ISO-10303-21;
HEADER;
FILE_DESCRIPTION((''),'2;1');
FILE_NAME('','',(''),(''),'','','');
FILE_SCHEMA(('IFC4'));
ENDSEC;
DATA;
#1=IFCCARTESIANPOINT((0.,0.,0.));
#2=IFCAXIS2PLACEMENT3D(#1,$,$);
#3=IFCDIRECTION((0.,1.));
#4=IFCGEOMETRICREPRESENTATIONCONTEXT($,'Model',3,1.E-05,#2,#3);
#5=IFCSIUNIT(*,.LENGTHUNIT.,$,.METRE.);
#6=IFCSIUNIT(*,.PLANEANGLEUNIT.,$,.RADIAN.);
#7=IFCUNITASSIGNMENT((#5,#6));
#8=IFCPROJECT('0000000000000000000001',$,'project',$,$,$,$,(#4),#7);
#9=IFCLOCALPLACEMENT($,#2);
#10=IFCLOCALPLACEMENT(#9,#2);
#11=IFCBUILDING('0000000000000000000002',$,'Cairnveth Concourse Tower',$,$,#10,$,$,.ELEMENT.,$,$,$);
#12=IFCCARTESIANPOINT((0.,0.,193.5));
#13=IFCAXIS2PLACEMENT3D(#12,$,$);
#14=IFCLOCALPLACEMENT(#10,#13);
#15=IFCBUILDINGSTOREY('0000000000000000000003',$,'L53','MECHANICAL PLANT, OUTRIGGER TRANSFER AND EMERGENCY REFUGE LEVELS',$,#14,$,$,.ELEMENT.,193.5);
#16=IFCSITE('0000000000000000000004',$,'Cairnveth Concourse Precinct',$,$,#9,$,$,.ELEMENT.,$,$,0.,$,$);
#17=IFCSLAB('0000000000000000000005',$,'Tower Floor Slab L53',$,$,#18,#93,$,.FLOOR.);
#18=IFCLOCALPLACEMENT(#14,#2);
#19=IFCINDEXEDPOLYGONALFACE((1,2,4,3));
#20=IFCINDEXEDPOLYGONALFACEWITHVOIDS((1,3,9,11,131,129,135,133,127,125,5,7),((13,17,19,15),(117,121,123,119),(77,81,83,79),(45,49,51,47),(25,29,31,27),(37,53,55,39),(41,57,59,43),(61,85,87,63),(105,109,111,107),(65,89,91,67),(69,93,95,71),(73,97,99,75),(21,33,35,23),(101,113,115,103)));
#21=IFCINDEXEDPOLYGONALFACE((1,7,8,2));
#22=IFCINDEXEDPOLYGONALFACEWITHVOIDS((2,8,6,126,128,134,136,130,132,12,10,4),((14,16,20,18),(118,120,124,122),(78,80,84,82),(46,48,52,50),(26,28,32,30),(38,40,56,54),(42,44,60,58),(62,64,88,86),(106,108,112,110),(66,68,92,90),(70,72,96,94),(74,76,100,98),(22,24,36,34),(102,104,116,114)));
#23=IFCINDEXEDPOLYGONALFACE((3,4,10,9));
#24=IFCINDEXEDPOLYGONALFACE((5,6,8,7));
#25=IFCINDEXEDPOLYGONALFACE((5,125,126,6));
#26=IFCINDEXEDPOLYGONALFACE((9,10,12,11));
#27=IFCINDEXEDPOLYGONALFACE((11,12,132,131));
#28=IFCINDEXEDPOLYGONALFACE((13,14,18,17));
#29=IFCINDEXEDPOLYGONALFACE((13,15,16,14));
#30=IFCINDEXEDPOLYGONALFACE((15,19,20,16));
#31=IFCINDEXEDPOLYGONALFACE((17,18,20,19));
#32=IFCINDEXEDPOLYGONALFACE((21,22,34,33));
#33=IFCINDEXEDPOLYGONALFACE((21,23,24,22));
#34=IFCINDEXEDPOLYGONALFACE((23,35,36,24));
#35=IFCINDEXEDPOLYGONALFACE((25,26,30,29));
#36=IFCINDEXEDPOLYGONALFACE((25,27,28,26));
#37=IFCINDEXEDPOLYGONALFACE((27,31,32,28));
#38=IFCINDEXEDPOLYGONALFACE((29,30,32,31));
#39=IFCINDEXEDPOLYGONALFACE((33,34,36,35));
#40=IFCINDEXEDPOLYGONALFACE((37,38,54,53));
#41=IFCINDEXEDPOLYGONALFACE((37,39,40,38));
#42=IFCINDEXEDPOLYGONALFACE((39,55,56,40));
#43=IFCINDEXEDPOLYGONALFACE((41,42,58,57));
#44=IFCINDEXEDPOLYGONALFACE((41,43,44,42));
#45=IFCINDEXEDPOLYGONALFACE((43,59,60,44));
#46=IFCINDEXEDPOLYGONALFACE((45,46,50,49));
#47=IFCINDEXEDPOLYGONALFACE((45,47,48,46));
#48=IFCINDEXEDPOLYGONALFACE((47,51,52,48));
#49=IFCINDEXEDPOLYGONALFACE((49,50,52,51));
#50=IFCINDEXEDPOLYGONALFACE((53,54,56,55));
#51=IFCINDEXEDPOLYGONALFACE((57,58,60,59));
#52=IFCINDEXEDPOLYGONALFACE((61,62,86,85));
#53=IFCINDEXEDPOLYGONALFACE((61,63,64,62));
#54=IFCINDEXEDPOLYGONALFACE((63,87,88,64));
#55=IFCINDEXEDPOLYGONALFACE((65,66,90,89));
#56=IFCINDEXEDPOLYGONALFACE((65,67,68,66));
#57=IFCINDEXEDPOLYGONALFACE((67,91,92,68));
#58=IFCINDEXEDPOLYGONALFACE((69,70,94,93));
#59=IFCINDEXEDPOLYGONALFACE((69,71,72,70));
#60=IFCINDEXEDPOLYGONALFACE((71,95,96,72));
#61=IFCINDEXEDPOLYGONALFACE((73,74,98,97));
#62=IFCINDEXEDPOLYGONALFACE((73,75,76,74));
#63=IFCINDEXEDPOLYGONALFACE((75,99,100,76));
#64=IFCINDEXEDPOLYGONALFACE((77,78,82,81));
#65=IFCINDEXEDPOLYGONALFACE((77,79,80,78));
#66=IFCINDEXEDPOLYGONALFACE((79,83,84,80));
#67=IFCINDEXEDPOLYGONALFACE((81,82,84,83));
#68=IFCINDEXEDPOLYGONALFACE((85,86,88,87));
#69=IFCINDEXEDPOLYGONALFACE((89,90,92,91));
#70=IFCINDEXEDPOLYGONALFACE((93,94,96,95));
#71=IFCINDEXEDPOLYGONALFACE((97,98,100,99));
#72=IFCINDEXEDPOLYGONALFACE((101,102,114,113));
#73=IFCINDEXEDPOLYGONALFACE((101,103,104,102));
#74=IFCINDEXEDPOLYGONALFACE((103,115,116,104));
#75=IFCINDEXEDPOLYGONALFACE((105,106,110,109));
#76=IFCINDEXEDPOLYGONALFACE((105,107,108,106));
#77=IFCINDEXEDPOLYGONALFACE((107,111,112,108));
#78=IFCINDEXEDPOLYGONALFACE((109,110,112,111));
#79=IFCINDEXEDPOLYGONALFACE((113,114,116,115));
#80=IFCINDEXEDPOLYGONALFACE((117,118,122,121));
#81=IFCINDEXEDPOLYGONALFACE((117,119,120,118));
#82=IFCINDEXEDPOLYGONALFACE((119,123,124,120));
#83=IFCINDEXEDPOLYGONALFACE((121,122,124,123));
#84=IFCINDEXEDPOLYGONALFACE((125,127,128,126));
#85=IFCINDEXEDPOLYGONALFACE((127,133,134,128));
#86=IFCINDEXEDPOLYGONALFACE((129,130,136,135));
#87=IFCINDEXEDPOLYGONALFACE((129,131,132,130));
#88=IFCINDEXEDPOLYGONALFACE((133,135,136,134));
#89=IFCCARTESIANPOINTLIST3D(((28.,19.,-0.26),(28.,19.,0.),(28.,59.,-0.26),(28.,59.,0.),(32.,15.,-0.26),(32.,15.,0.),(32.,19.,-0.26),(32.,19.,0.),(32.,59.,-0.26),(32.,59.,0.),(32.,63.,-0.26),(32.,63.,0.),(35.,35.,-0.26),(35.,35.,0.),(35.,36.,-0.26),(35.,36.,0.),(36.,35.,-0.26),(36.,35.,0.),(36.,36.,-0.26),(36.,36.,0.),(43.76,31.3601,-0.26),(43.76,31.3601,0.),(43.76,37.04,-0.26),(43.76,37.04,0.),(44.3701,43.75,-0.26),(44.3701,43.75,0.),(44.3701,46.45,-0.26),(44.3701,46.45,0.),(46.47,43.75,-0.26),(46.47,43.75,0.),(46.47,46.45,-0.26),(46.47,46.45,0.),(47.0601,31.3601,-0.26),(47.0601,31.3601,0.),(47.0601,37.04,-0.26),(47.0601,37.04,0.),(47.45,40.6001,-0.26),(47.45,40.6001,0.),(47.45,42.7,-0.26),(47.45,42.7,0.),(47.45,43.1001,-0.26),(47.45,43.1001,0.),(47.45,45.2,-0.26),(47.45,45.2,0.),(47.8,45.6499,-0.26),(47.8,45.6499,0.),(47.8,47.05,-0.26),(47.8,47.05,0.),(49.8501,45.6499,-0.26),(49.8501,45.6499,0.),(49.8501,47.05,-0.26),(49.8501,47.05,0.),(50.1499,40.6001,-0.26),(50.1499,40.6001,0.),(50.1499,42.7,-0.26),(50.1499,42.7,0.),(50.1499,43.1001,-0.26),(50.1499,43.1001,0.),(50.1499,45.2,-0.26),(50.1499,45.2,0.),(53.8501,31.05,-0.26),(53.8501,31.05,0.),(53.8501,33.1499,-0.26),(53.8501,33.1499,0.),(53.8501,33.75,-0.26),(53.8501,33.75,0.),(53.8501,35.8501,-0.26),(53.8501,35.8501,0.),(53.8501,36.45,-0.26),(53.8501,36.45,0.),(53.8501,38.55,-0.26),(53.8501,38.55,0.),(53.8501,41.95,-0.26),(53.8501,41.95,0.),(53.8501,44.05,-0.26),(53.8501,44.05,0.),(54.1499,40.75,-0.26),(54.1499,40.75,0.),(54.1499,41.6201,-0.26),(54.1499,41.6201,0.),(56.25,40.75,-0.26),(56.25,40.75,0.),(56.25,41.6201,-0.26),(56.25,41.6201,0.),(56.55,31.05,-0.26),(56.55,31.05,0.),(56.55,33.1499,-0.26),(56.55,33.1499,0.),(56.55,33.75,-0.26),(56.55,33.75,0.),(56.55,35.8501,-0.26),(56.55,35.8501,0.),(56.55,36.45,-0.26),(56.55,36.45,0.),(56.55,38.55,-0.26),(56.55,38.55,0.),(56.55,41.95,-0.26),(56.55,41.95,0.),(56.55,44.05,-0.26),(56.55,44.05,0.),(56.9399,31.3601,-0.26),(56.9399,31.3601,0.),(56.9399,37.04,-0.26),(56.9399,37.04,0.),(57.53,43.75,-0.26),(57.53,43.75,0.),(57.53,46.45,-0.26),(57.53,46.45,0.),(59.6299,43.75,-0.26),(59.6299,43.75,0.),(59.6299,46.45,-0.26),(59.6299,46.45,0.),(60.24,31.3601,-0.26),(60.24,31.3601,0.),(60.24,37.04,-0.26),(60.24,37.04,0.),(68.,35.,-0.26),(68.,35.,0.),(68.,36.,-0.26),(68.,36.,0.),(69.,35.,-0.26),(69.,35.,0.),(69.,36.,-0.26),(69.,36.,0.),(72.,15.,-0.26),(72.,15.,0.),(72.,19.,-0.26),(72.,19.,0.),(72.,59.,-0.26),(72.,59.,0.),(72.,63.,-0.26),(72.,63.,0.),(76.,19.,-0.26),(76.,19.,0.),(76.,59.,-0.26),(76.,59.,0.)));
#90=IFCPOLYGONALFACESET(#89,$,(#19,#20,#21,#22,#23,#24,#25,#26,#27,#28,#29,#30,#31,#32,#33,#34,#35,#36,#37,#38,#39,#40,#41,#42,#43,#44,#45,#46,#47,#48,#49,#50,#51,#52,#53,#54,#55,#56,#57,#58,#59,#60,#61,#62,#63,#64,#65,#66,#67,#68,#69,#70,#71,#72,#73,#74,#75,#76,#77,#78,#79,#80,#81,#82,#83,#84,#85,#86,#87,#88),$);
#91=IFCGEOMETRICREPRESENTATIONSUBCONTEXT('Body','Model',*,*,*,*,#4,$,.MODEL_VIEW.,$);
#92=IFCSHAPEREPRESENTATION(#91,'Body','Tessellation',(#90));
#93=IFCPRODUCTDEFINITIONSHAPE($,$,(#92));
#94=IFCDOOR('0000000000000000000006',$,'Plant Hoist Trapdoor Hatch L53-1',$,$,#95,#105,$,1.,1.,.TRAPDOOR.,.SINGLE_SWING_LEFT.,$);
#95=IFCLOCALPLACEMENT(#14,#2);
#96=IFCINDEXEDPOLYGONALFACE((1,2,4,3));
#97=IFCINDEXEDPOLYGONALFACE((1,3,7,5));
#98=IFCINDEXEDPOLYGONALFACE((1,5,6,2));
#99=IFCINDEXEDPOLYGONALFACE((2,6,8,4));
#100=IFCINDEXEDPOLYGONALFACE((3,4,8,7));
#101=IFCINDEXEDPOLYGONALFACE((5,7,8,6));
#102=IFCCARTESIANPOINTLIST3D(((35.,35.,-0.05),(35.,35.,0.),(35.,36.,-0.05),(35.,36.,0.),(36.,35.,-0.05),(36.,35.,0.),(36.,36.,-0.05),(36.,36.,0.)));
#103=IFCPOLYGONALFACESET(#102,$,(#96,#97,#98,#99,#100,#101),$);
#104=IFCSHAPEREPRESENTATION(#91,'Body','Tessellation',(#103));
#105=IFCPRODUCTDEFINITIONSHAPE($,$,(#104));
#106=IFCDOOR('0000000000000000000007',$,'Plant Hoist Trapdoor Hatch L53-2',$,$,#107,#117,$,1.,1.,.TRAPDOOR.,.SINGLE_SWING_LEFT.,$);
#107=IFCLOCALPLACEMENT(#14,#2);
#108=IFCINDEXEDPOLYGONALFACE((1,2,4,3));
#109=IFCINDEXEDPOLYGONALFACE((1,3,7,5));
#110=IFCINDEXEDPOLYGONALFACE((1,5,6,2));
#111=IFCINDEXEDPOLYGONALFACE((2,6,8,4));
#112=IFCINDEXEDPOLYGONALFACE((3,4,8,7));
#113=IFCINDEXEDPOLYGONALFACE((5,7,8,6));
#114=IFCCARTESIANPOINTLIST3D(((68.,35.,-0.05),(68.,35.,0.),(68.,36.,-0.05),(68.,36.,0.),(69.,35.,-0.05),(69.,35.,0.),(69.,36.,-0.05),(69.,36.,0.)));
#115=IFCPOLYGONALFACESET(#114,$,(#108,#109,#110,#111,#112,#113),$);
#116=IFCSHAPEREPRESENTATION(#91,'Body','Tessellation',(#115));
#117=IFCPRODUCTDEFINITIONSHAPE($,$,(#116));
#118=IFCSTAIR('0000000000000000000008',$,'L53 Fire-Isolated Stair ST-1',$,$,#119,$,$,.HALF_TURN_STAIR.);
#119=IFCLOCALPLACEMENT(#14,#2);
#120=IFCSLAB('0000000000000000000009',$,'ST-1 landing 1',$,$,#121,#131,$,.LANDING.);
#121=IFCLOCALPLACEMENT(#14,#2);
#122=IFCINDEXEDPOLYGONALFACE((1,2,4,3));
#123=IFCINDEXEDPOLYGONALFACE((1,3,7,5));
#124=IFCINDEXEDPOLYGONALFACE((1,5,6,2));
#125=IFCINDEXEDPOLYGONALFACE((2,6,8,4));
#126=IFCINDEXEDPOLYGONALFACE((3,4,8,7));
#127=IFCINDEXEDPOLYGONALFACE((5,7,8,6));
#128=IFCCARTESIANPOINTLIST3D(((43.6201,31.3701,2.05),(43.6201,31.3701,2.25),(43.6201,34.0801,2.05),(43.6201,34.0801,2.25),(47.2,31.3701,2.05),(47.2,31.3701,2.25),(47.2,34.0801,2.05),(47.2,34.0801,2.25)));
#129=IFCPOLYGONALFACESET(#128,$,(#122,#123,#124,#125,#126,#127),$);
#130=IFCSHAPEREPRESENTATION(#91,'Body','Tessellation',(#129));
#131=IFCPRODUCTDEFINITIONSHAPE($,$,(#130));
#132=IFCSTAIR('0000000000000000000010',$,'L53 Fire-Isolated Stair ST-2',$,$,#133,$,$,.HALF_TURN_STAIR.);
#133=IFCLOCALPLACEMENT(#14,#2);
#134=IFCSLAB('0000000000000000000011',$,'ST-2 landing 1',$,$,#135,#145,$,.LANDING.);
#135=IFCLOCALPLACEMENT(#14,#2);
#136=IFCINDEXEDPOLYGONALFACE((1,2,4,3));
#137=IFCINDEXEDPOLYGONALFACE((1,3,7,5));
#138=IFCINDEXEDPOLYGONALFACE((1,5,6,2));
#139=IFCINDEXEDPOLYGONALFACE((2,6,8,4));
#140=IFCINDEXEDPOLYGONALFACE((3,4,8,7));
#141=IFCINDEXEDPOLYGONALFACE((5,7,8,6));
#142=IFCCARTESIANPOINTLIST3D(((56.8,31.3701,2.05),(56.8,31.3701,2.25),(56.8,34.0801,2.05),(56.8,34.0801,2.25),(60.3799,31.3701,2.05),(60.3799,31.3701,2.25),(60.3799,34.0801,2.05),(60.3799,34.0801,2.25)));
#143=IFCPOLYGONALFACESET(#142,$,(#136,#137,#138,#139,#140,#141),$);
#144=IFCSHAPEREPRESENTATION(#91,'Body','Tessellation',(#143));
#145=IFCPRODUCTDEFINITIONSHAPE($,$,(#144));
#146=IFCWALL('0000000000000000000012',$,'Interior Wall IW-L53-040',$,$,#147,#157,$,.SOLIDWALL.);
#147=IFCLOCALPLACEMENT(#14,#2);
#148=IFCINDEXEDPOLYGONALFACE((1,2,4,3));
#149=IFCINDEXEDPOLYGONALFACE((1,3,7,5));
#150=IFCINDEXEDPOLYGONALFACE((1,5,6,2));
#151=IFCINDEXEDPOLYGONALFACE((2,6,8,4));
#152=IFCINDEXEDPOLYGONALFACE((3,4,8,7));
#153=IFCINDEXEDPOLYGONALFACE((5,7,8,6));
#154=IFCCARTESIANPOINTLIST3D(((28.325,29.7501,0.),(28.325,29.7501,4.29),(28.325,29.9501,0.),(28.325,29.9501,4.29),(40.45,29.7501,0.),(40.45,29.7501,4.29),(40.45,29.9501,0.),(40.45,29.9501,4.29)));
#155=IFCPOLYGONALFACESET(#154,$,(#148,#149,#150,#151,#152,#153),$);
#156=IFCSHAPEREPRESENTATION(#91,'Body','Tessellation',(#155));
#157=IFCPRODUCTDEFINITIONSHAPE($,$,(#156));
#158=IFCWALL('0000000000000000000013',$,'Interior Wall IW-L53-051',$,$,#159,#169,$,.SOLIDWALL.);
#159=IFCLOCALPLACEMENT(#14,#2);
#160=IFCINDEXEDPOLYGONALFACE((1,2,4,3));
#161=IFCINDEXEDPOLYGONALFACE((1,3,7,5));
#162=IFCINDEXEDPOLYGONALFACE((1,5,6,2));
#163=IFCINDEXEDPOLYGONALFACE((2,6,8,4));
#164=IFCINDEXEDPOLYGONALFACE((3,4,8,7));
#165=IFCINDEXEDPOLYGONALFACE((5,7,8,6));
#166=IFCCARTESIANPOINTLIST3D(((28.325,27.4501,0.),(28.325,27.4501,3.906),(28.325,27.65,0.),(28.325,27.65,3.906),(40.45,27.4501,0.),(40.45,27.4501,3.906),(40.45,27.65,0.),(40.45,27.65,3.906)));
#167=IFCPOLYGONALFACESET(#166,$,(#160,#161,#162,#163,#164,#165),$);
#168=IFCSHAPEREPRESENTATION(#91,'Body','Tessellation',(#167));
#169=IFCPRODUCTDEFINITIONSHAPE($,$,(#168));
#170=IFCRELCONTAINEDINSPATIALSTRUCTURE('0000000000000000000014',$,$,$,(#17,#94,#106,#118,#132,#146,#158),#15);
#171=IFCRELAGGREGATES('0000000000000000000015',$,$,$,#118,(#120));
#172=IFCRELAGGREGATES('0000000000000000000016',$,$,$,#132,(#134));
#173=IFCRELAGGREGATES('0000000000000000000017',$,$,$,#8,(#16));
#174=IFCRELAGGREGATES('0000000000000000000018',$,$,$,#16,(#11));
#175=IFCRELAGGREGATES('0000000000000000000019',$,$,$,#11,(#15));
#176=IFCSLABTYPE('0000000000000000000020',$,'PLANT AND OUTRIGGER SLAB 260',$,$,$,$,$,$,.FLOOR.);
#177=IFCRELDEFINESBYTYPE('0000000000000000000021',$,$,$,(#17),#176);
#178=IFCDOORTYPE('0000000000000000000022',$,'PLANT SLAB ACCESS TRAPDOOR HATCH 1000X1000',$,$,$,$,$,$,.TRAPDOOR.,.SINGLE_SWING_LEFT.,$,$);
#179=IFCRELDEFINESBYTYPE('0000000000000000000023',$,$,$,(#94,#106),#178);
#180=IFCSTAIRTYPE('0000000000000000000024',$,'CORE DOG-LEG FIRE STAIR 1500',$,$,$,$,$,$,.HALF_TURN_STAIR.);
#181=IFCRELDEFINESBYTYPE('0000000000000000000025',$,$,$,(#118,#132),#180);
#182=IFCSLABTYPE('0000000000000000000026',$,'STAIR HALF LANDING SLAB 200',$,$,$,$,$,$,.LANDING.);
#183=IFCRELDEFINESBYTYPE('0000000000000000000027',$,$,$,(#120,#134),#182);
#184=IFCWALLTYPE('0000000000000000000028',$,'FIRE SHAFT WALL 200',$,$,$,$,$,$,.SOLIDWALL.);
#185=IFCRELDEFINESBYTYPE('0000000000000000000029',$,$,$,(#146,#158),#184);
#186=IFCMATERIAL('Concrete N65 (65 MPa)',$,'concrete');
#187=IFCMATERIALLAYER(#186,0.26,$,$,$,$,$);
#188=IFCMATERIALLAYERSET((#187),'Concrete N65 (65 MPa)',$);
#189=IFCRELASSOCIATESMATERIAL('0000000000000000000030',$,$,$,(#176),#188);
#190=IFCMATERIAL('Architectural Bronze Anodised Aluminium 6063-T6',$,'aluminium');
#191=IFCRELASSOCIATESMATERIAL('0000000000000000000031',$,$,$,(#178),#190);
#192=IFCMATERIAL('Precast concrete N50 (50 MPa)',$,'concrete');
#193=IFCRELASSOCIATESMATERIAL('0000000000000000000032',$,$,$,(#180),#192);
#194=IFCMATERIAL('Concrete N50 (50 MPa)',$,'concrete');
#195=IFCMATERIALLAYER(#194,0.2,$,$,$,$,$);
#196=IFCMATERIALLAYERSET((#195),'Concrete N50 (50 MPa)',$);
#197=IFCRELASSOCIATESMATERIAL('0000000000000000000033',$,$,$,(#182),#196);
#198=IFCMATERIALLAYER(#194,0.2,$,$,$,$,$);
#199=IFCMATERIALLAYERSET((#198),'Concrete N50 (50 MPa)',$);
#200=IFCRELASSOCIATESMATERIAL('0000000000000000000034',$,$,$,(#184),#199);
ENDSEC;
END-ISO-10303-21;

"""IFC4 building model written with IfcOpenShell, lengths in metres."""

from ifc_helpers import new_model, si_unit, direction, frame, frame_2d, origin, origin_2d, place, context, subcontext, project, spatial, polyline, rectangle, outline, extrude, material, layer, layer_set, type_object, element, fill, aggregate, save


model = new_model("IFC4")

# Units and contexts
model_context = context("Model", 3, precision=1e-05, world=origin(), true_north=direction((0.0, 1.0)))
body_context = subcontext(model_context, "Body", "Model", "MODEL_VIEW")
ifc_project = project(units=[si_unit("LENGTHUNIT", "METRE"), si_unit("PLANEANGLEUNIT", "RADIAN")], contexts=[model_context])

# Site, building, storey
site_placement = place(None, origin())
site = spatial("IfcSite", under=ifc_project, at=site_placement, Name="Cairnveth Concourse Precinct", CompositionType="ELEMENT", RefElevation=0.0)
building_placement = place(site_placement, origin())
building = spatial("IfcBuilding", under=site, at=building_placement, Name="Cairnveth Concourse Tower", CompositionType="ELEMENT")
storey_placement = place(building_placement, frame((0.0, 0.0, 193.5)))
storey = spatial("IfcBuildingStorey", under=building, at=storey_placement, Name="L53", Description="MECHANICAL PLANT, OUTRIGGER TRANSFER AND EMERGENCY REFUGE LEVELS", CompositionType="ELEMENT", Elevation=193.5)

# Shared definitions
ifc_material_1 = material(Name="Concrete N65 (65 MPa)", Category="concrete")

# Slab, openings, doors
ifc_layer_1 = layer(ifc_material_1, 0.26)
ifc_layer_set_1 = layer_set([ifc_layer_1], Name="Concrete N65 (65 MPa)")
slab_type_1 = type_object("IfcSlabType", Name="PLANT AND OUTRIGGER SLAB 260", PredefinedType="FLOOR", material=ifc_layer_set_1)
slab_1_placement = place(storey_placement, frame((0.0, 0.0, -0.26)))
slab_1 = element("IfcSlab", 1, at=slab_1_placement, inside=storey, type_object=slab_type_1, Name="Tower Floor Slab L53", PredefinedType="FLOOR", context=body_context, shape_type="SweptSolid", body=[
    extrude(outline(polyline([(32.0, 15.0), (72.0, 15.0), (72.0, 19.0), (76.0, 19.0), (76.0, 59.0), (72.0, 59.0), (72.0, 63.0), (32.0, 63.0), (32.0, 59.0), (28.0, 59.0), (28.0, 19.0), (32.0, 19.0), (32.0, 15.0)]), holes=[polyline([(43.76, 31.3601), (47.0601, 31.3601), (47.0601, 37.04), (43.76, 37.04), (43.76, 31.3601)]), polyline([(56.9399, 31.3601), (60.24, 31.3601), (60.24, 37.04), (56.9399, 37.04), (56.9399, 31.3601)]), polyline([(44.3701, 43.75), (46.47, 43.75), (46.47, 46.45), (44.3701, 46.45), (44.3701, 43.75)]), polyline([(57.53, 43.75), (59.6299, 43.75), (59.6299, 46.45), (57.53, 46.45), (57.53, 43.75)]), polyline([(53.8501, 31.05), (56.55, 31.05), (56.55, 33.1499), (53.8501, 33.1499), (53.8501, 31.05)]), polyline([(53.8501, 33.75), (56.55, 33.75), (56.55, 35.8501), (53.8501, 35.8501), (53.8501, 33.75)]), polyline([(53.8501, 36.45), (56.55, 36.45), (56.55, 38.55), (53.8501, 38.55), (53.8501, 36.45)]), polyline([(47.45, 40.6001), (50.1499, 40.6001), (50.1499, 42.7), (47.45, 42.7), (47.45, 40.6001)]), polyline([(47.45, 43.1001), (50.1499, 43.1001), (50.1499, 45.2), (47.45, 45.2), (47.45, 43.1001)]), polyline([(53.8501, 41.95), (56.55, 41.95), (56.55, 44.05), (53.8501, 44.05), (53.8501, 41.95)]), polyline([(47.8, 45.6499), (49.8501, 45.6499), (49.8501, 47.05), (47.8, 47.05), (47.8, 45.6499)]), polyline([(54.1499, 40.75), (56.25, 40.75), (56.25, 41.6201), (54.1499, 41.6201), (54.1499, 40.75)]), polyline([(35.0, 35.0), (36.0, 35.0), (36.0, 36.0), (35.0, 36.0), (35.0, 35.0)]), polyline([(68.0, 35.0), (69.0, 35.0), (69.0, 36.0), (68.0, 36.0), (68.0, 35.0)])]), origin(), (0.0, 0.0, 1.0), 0.26),
])
opening_1_placement = place(slab_1_placement, frame((35.5, 35.5, 0.0)))
opening_1 = element("IfcOpeningElement", 2, at=opening_1_placement, cuts=slab_1, PredefinedType="OPENING", context=body_context, shape_type="SweptSolid", body=[
    extrude(rectangle(XDim=1.0, YDim=1.0, at=origin_2d()), origin(), (0.0, 0.0, 1.0), 0.26),
])
opening_2_placement = place(slab_1_placement, frame((68.5, 35.5, 0.0)))
opening_2 = element("IfcOpeningElement", 3, at=opening_2_placement, cuts=slab_1, PredefinedType="OPENING", context=body_context, shape_type="SweptSolid", body=[
    extrude(rectangle(XDim=1.0, YDim=1.0, at=origin_2d()), origin(), (0.0, 0.0, 1.0), 0.26),
])
ifc_material_2 = material(Name="Architectural Bronze Anodised Aluminium 6063-T6", Category="aluminium")
door_type = type_object("IfcDoorType", Name="PLANT SLAB ACCESS TRAPDOOR HATCH 1000X1000", OperationType="SINGLE_SWING_LEFT", PredefinedType="TRAPDOOR", material=ifc_material_2)
door_1_placement = place(opening_1_placement, frame((0.0, 0.0, 0.21)))
door_1 = element("IfcDoor", 4, at=door_1_placement, inside=storey, type_object=door_type, Name="Plant Hoist Trapdoor Hatch L53-1", OperationType="SINGLE_SWING_LEFT", OverallHeight=1.0, OverallWidth=1.0, PredefinedType="TRAPDOOR", context=body_context, shape_type="SweptSolid", body=[
    extrude(rectangle(XDim=1.0, YDim=1.0, at=origin_2d()), origin(), (0.0, 0.0, 1.0), 0.05),
])
fill(opening_1, door_1)
door_2_placement = place(opening_2_placement, frame((0.0, 0.0, 0.21)))
door_2 = element("IfcDoor", 5, at=door_2_placement, inside=storey, type_object=door_type, Name="Plant Hoist Trapdoor Hatch L53-2", OperationType="SINGLE_SWING_LEFT", OverallHeight=1.0, OverallWidth=1.0, PredefinedType="TRAPDOOR", context=body_context, shape_type="SweptSolid", body=[
    extrude(rectangle(XDim=1.0, YDim=1.0, at=origin_2d()), origin(), (0.0, 0.0, 1.0), 0.05),
])
fill(opening_2, door_2)

# Stairs, slabs
ifc_material_3 = material(Name="Precast concrete N50 (50 MPa)", Category="concrete")
stair_type = type_object("IfcStairType", Name="CORE DOG-LEG FIRE STAIR 1500", PredefinedType="HALF_TURN_STAIR", material=ifc_material_3)
stair_1_placement = place(storey_placement, origin())
stair_1 = element("IfcStair", 6, at=stair_1_placement, inside=storey, type_object=stair_type, Name="L53 Fire-Isolated Stair ST-1", PredefinedType="HALF_TURN_STAIR")
ifc_material_4 = material(Name="Concrete N50 (50 MPa)", Category="concrete")
ifc_layer_2 = layer(ifc_material_4, 0.2)
ifc_layer_set_2 = layer_set([ifc_layer_2], Name="Concrete N50 (50 MPa)")
slab_type_2 = type_object("IfcSlabType", Name="STAIR HALF LANDING SLAB 200", PredefinedType="LANDING", material=ifc_layer_set_2)
slab_2_placement = place(storey_placement, frame((0.0, 0.0, 2.05)))
slab_2 = element("IfcSlab", 7, at=slab_2_placement, type_object=slab_type_2, Name="ST-1 landing 1", PredefinedType="LANDING", context=body_context, shape_type="SweptSolid", body=[
    extrude(outline(polyline([(43.6201, 34.0801), (43.6201, 31.3701), (47.2, 31.3701), (47.2, 34.0801), (43.6201, 34.0801)])), origin(), (0.0, 0.0, 1.0), 0.2),
])
aggregate(stair_1, [slab_2])
stair_2_placement = place(storey_placement, origin())
stair_2 = element("IfcStair", 8, at=stair_2_placement, inside=storey, type_object=stair_type, Name="L53 Fire-Isolated Stair ST-2", PredefinedType="HALF_TURN_STAIR")
slab_3_placement = place(storey_placement, frame((0.0, 0.0, 2.05)))
slab_3 = element("IfcSlab", 9, at=slab_3_placement, type_object=slab_type_2, Name="ST-2 landing 1", PredefinedType="LANDING", context=body_context, shape_type="SweptSolid", body=[
    extrude(outline(polyline([(56.8, 34.0801), (56.8, 31.3701), (60.3799, 31.3701), (60.3799, 34.0801), (56.8, 34.0801)])), origin(), (0.0, 0.0, 1.0), 0.2),
])
aggregate(stair_2, [slab_3])

# Walls
ifc_layer_3 = layer(ifc_material_4, 0.2)
ifc_layer_set_3 = layer_set([ifc_layer_3], Name="Concrete N50 (50 MPa)")
wall_type_1 = type_object("IfcWallType", Name="FIRE SHAFT WALL 200", PredefinedType="SOLIDWALL", material=ifc_layer_set_3)
wall_1_placement = place(storey_placement, frame((28.325, 29.8501, 0.0), z_axis=(0.0, 0.0, 1.0), x_axis=(1.0, 0.0, 0.0)))
element("IfcWall", 10, at=wall_1_placement, inside=storey, type_object=wall_type_1, Name="Interior Wall IW-L53-040", PredefinedType="SOLIDWALL", context=body_context, shape_type="SweptSolid", body=[
    extrude(rectangle(XDim=12.125, YDim=0.2, at=frame_2d((6.0625, 0.0))), origin(), (0.0, 0.0, 1.0), 4.29),
])
wall_2_placement = place(storey_placement, frame((28.325, 27.55, 0.0), z_axis=(0.0, 0.0, 1.0), x_axis=(1.0, 0.0, 0.0)))
element("IfcWall", 11, at=wall_2_placement, inside=storey, type_object=wall_type_1, Name="Interior Wall IW-L53-051", PredefinedType="SOLIDWALL", context=body_context, shape_type="SweptSolid", body=[
    extrude(rectangle(XDim=12.125, YDim=0.2, at=frame_2d((6.0625, 0.0))), origin(), (0.0, 0.0, 1.0), 3.906),
])

save(model, "model.ifc")
